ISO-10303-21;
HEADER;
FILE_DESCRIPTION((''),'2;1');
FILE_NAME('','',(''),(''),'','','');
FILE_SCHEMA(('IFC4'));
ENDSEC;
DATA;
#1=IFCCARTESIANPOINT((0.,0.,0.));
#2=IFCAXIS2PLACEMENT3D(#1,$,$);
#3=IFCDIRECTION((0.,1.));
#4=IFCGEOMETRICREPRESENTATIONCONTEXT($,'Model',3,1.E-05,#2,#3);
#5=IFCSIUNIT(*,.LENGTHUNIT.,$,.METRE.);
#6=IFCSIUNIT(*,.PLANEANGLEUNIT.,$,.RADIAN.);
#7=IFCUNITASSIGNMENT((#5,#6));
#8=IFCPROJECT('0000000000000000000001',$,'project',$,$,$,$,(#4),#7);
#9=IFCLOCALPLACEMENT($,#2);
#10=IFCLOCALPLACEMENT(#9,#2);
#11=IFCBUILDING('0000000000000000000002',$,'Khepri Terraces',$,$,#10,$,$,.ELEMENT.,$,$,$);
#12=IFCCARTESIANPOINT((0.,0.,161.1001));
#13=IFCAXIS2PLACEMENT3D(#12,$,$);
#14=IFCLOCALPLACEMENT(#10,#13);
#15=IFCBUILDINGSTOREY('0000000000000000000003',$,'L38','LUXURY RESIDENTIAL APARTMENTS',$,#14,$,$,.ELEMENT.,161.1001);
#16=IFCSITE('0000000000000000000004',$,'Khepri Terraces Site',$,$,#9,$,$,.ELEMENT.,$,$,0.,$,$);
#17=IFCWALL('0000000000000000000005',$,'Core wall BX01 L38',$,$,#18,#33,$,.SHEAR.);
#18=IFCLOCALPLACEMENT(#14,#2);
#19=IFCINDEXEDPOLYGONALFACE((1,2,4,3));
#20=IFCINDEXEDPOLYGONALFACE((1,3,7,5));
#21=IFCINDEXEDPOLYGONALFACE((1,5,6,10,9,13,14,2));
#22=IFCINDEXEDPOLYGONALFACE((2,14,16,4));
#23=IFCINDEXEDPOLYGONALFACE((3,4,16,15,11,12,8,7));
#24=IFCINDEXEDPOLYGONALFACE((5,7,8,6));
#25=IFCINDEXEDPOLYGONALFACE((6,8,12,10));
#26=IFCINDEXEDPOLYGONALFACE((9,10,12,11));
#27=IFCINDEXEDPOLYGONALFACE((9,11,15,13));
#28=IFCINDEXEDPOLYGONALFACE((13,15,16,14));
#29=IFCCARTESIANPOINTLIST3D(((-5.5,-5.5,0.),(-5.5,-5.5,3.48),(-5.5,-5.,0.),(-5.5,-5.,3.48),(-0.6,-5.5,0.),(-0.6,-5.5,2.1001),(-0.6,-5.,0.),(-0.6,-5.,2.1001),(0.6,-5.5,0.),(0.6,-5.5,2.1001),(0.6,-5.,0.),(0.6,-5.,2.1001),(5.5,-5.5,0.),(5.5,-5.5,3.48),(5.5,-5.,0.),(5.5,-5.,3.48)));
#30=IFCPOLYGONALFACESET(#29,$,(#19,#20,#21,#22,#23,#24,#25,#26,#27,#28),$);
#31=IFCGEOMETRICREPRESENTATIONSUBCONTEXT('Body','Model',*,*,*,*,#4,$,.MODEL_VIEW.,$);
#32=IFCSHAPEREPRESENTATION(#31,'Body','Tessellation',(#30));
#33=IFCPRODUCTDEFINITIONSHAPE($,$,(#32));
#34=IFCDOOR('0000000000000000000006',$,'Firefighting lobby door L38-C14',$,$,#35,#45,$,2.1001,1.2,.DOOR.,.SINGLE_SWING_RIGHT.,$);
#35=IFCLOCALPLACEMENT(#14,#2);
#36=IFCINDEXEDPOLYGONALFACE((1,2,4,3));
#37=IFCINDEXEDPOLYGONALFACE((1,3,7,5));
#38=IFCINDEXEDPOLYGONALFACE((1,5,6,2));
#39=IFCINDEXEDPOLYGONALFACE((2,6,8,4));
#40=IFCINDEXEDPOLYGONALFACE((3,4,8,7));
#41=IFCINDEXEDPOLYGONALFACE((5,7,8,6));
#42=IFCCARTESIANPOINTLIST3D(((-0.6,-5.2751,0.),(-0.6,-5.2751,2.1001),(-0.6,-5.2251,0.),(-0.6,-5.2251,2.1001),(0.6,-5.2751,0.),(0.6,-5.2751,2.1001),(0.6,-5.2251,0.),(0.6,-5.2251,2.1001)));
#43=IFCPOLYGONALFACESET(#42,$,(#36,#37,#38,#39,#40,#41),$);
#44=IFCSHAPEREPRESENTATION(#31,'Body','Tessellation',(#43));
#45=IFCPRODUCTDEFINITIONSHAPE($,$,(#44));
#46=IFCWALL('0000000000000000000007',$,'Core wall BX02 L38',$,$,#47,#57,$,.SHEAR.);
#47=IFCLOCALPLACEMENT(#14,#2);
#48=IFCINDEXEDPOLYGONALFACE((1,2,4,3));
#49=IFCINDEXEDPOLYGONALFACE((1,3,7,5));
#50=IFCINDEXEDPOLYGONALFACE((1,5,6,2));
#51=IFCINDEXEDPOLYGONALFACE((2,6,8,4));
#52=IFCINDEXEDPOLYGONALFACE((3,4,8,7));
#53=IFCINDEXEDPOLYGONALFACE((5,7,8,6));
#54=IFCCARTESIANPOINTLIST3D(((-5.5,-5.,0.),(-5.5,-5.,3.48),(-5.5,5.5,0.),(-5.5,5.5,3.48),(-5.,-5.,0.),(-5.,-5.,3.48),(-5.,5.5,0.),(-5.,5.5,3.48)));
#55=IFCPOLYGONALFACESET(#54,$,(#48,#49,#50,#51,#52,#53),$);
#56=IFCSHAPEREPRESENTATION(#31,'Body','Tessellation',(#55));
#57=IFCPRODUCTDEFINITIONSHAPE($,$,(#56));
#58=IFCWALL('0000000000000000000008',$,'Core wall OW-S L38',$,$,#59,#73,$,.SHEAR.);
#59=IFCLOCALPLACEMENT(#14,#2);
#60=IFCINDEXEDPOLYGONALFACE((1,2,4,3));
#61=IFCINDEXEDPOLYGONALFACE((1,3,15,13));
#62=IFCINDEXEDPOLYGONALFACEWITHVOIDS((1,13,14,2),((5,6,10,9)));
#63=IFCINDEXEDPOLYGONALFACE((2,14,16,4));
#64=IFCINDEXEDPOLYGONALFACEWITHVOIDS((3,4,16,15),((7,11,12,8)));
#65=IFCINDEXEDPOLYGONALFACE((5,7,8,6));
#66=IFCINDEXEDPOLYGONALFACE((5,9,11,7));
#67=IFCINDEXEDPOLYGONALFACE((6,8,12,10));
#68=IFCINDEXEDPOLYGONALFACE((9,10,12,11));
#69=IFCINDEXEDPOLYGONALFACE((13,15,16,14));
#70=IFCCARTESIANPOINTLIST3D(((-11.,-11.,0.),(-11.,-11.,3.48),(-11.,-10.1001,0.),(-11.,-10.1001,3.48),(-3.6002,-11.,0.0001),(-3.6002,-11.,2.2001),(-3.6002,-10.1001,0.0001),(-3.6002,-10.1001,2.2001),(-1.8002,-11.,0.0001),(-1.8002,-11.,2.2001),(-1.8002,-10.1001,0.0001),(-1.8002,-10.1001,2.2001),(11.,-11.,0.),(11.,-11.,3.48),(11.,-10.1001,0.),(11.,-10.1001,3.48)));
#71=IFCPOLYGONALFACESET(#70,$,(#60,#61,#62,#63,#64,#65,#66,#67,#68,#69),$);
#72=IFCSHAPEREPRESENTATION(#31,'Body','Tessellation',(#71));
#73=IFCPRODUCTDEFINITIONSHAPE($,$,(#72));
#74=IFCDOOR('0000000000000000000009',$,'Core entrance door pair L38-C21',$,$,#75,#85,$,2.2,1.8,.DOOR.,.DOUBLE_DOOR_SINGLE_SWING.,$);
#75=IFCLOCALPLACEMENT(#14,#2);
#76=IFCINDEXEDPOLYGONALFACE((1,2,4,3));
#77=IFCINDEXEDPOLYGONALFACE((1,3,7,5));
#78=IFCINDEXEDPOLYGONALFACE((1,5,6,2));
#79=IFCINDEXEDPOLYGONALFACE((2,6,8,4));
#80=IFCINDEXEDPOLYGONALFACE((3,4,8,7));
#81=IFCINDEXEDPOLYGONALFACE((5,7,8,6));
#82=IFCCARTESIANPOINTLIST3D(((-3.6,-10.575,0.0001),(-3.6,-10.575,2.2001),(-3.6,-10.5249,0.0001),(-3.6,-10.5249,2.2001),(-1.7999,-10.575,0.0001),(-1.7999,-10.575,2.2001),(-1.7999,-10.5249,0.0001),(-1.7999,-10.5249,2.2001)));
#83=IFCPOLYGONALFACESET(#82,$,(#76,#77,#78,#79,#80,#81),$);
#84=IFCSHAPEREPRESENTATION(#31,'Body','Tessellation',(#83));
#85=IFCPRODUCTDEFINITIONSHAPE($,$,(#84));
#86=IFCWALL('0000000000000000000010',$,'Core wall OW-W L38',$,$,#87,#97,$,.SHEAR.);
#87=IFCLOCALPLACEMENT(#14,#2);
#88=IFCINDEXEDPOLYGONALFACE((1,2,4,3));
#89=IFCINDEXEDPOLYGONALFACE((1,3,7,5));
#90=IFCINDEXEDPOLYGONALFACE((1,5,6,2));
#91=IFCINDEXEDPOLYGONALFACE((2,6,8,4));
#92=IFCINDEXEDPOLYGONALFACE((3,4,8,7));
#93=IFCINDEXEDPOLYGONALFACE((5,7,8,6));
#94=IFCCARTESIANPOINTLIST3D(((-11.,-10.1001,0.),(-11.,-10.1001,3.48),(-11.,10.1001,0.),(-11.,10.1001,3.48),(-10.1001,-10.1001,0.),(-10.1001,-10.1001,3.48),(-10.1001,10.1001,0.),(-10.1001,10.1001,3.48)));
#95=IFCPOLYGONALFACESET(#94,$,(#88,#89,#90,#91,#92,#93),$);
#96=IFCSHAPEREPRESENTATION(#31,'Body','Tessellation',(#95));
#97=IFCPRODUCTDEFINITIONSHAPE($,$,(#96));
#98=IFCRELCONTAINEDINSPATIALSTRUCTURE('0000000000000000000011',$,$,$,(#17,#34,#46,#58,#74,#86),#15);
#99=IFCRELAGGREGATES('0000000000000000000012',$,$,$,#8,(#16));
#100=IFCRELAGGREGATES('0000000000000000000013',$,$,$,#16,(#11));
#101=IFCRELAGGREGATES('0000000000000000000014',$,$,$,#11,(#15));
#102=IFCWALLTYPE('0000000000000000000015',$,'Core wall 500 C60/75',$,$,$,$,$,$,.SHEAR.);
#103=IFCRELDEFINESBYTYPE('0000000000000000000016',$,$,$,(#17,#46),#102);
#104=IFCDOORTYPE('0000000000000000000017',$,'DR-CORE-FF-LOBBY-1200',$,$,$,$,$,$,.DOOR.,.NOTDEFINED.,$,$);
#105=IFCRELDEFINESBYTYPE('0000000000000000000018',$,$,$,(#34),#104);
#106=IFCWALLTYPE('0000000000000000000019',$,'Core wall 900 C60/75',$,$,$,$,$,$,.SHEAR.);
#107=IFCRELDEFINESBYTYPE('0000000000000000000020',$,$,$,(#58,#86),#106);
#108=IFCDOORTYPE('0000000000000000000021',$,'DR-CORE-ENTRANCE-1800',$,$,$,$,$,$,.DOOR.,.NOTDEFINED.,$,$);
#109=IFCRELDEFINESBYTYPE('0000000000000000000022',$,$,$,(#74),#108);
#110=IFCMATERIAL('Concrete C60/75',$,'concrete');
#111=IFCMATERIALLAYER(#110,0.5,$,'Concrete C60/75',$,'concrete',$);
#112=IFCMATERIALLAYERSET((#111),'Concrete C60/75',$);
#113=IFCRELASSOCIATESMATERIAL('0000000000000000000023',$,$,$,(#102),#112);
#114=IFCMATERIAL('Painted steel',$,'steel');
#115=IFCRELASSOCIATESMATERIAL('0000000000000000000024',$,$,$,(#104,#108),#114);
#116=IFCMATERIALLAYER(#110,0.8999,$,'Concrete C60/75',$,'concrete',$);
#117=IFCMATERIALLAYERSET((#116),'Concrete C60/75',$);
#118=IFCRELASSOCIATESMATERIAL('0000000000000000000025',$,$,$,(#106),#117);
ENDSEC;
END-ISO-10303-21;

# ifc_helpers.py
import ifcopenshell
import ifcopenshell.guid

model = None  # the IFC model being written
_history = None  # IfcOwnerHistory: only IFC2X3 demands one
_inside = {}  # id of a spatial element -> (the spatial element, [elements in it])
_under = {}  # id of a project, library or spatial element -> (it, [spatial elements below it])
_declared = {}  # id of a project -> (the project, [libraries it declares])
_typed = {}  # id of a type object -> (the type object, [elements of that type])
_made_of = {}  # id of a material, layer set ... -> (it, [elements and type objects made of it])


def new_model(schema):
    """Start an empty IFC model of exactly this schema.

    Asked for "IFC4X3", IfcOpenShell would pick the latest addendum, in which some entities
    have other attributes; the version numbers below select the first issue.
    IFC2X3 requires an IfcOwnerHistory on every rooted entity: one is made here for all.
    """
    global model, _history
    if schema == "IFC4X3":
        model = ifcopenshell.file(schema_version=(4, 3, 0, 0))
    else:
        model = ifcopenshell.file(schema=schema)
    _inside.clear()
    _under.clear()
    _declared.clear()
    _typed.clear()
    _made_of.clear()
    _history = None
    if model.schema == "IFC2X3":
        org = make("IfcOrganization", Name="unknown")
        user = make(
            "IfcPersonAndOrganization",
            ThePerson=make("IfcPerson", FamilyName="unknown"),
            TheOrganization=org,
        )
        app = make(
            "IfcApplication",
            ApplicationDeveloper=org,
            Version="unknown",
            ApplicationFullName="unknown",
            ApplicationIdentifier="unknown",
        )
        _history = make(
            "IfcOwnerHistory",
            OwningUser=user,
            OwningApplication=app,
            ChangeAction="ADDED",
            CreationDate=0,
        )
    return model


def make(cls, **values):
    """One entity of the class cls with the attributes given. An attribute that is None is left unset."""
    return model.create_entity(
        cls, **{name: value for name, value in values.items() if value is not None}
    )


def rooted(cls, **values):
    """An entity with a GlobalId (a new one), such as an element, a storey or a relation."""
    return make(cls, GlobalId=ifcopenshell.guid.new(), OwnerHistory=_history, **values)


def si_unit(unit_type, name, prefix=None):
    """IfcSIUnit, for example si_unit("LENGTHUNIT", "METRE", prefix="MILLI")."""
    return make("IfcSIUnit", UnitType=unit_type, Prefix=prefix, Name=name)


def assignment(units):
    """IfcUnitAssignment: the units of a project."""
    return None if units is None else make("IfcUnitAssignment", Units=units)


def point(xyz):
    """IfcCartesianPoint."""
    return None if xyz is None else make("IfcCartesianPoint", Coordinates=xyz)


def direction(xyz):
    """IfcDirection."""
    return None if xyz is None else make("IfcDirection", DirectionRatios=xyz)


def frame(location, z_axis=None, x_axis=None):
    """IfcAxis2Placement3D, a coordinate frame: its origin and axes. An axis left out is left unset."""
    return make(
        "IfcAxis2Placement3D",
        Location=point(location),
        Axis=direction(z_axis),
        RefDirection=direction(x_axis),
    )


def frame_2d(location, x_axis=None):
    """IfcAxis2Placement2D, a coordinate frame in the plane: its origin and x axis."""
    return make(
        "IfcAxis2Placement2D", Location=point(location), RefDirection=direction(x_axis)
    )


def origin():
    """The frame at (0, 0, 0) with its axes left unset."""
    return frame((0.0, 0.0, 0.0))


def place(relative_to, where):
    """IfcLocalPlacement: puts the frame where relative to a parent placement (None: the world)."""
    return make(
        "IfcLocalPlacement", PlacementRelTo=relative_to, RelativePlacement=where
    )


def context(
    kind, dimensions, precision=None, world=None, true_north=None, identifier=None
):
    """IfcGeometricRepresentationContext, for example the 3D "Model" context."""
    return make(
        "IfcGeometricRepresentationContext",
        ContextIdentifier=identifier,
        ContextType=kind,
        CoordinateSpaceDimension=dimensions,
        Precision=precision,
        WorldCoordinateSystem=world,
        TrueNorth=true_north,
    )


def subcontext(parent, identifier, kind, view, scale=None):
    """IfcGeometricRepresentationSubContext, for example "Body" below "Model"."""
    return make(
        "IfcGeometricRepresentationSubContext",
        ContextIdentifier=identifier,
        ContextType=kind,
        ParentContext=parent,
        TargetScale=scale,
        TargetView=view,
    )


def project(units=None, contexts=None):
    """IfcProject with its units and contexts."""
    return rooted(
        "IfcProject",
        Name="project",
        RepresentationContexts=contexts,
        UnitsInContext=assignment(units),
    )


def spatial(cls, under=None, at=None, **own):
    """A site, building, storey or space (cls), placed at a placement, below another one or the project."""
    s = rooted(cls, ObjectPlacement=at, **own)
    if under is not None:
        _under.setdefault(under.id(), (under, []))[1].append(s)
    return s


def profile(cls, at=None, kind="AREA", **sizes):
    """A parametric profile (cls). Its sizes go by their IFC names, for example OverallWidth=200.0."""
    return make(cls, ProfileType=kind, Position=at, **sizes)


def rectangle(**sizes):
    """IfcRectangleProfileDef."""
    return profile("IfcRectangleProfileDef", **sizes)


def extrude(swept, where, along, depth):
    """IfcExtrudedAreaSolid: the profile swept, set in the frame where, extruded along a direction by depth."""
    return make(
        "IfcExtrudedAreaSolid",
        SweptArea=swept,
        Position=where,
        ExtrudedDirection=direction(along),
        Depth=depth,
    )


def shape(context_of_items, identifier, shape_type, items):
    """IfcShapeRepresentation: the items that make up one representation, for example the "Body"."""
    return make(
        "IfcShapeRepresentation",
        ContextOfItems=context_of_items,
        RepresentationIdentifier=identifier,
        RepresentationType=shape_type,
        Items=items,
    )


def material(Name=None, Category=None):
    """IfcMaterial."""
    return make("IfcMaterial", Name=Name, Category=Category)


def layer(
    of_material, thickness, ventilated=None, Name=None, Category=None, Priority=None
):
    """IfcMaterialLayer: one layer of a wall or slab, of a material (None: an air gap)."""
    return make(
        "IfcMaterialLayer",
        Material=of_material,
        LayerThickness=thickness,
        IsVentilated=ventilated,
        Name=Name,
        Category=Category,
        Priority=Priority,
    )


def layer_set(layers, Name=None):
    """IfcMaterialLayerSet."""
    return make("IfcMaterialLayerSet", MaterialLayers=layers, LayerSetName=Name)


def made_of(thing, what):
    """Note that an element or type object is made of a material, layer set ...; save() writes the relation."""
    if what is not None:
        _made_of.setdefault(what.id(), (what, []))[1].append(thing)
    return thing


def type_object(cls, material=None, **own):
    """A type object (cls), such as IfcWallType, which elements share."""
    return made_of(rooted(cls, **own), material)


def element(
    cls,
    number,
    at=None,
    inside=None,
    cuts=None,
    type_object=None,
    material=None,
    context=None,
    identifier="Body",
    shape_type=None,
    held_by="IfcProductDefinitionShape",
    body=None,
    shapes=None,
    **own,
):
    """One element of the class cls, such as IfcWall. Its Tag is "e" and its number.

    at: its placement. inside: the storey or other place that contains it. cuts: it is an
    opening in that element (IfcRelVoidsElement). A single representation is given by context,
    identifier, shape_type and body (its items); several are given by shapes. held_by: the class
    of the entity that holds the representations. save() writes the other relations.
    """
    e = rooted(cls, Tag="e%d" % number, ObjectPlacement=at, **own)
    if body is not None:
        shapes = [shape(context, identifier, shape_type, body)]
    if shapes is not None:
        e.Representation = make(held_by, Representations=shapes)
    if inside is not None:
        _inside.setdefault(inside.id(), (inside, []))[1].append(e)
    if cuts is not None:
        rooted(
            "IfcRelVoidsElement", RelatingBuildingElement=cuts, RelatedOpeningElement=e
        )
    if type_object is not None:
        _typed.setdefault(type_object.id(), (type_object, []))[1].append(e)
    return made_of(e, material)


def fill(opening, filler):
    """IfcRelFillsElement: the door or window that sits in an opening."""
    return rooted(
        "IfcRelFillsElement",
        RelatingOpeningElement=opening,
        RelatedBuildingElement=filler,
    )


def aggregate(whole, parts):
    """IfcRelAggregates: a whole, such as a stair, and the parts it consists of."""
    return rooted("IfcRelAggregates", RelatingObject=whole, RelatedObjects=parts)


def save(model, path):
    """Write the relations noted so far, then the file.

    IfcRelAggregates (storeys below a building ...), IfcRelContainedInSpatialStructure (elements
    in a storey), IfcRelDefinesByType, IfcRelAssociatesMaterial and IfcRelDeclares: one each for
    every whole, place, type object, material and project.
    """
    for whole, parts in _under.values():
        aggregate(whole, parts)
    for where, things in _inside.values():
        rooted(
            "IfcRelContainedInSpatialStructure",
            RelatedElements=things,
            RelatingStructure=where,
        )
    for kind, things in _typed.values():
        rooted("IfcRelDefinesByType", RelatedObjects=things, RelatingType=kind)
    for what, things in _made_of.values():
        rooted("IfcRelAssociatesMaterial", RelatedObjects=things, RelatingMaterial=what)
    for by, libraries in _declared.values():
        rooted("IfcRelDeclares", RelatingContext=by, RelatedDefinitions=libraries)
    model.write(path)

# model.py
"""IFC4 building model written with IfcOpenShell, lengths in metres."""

from ifc_helpers import new_model, si_unit, direction, frame, frame_2d, origin, place, context, subcontext, project, spatial, rectangle, extrude, material, layer, layer_set, type_object, element, fill, save


model = new_model("IFC4")

# Units and contexts
model_context = context("Model", 3, precision=1e-05, world=origin(), true_north=direction((0.0, 1.0)))
body_context = subcontext(model_context, "Body", "Model", "MODEL_VIEW")
ifc_project = project(units=[si_unit("LENGTHUNIT", "METRE"), si_unit("PLANEANGLEUNIT", "RADIAN")], contexts=[model_context])

# Site, building, storey
site_placement = place(None, origin())
site = spatial("IfcSite", under=ifc_project, at=site_placement, Name="Khepri Terraces Site", CompositionType="ELEMENT", RefElevation=0.0)
building_placement = place(site_placement, origin())
building = spatial("IfcBuilding", under=site, at=building_placement, Name="Khepri Terraces", CompositionType="ELEMENT")
storey_placement = place(building_placement, frame((0.0, 0.0, 161.1001)))
storey = spatial("IfcBuildingStorey", under=building, at=storey_placement, Name="L38", Description="LUXURY RESIDENTIAL APARTMENTS", CompositionType="ELEMENT", Elevation=161.1001)

# Shared definitions
ifc_material_1 = material(Name="Concrete C60/75", Category="concrete")

# Shared definitions
ifc_material_2 = material(Name="Painted steel", Category="steel")

# Wall, opening, door
ifc_layer_1 = layer(ifc_material_1, 0.5, Name="Concrete C60/75", Category="concrete")
ifc_layer_set_1 = layer_set([ifc_layer_1], Name="Concrete C60/75")
wall_type_1 = type_object("IfcWallType", Name="Core wall 500 C60/75", PredefinedType="SHEAR", material=ifc_layer_set_1)
wall_1_placement = place(storey_placement, frame((-5.5, -5.25, 0.0), z_axis=(0.0, 0.0, 1.0), x_axis=(1.0, 0.0, 0.0)))
wall_1 = element("IfcWall", 1, at=wall_1_placement, inside=storey, type_object=wall_type_1, Name="Core wall BX01 L38", PredefinedType="SHEAR", context=body_context, shape_type="SweptSolid", body=[
    extrude(rectangle(XDim=11.0, YDim=0.5, at=frame_2d((5.5, 0.0))), origin(), (0.0, 0.0, 1.0), 3.48),
])
opening_1_placement = place(wall_1_placement, frame((4.8999, 0.0, 0.0)))
opening_1 = element("IfcOpeningElement", 2, at=opening_1_placement, cuts=wall_1, PredefinedType="OPENING", context=body_context, shape_type="SweptSolid", body=[
    extrude(rectangle(XDim=1.2, YDim=2.1001, at=frame_2d((0.6001, 1.05))), frame((0.0, 0.26, 0.0), z_axis=(0.0, -1.0, 0.0), x_axis=(1.0, 0.0, 0.0)), (0.0, 0.0, 1.0), 0.52),
])
door_type_1 = type_object("IfcDoorType", Name="DR-CORE-FF-LOBBY-1200", OperationType="NOTDEFINED", PredefinedType="DOOR", material=ifc_material_2)
door_1_placement = place(opening_1_placement, origin())
door_1 = element("IfcDoor", 3, at=door_1_placement, inside=storey, type_object=door_type_1, Name="Firefighting lobby door L38-C14", OperationType="SINGLE_SWING_RIGHT", OverallHeight=2.1001, OverallWidth=1.2, PredefinedType="DOOR", context=body_context, shape_type="SweptSolid", body=[
    extrude(rectangle(XDim=1.2, YDim=2.1001, at=frame_2d((0.6001, 1.05))), frame((0.0, 0.0249, 0.0), z_axis=(0.0, -1.0, 0.0), x_axis=(1.0, 0.0, 0.0)), (0.0, 0.0, 1.0), 0.05),
])
fill(opening_1, door_1)

# Wall
wall_2_placement = place(storey_placement, frame((-5.25, -5.0, 0.0), z_axis=(0.0, 0.0, 1.0), x_axis=(0.0, 1.0, 0.0)))
element("IfcWall", 4, at=wall_2_placement, inside=storey, type_object=wall_type_1, Name="Core wall BX02 L38", PredefinedType="SHEAR", context=body_context, shape_type="SweptSolid", body=[
    extrude(rectangle(XDim=10.5, YDim=0.5, at=frame_2d((5.25, 0.0))), origin(), (0.0, 0.0, 1.0), 3.48),
])

# Wall, opening, door
ifc_layer_2 = layer(ifc_material_1, 0.8999, Name="Concrete C60/75", Category="concrete")
ifc_layer_set_2 = layer_set([ifc_layer_2], Name="Concrete C60/75")
wall_type_2 = type_object("IfcWallType", Name="Core wall 900 C60/75", PredefinedType="SHEAR", material=ifc_layer_set_2)
wall_3_placement = place(storey_placement, frame((-11.0, -10.55, 0.0), z_axis=(0.0, 0.0, 1.0), x_axis=(1.0, 0.0, 0.0)))
wall_3 = element("IfcWall", 5, at=wall_3_placement, inside=storey, type_object=wall_type_2, Name="Core wall OW-S L38", PredefinedType="SHEAR", context=body_context, shape_type="SweptSolid", body=[
    extrude(rectangle(XDim=22.0, YDim=0.8999, at=frame_2d((11.0, 0.0))), origin(), (0.0, 0.0, 1.0), 3.48),
])
opening_2_placement = place(wall_3_placement, frame((7.3999, 0.0, 0.0)))
opening_2 = element("IfcOpeningElement", 6, at=opening_2_placement, cuts=wall_3, PredefinedType="OPENING", context=body_context, shape_type="SweptSolid", body=[
    extrude(rectangle(XDim=1.8, YDim=2.2, at=frame_2d((0.8999, 1.1001))), frame((0.0, 0.46, 0.0), z_axis=(0.0, -1.0, 0.0), x_axis=(1.0, 0.0, 0.0)), (0.0, 0.0, 1.0), 0.9199),
])
door_type_2 = type_object("IfcDoorType", Name="DR-CORE-ENTRANCE-1800", OperationType="NOTDEFINED", PredefinedType="DOOR", material=ifc_material_2)
door_2_placement = place(opening_2_placement, frame((1.8, 0.0, 0.0), z_axis=(0.0, 0.0, 1.0), x_axis=(-1.0, 0.0, 0.0)))
door_2 = element("IfcDoor", 7, at=door_2_placement, inside=storey, type_object=door_type_2, Name="Core entrance door pair L38-C21", OperationType="DOUBLE_DOOR_SINGLE_SWING", OverallHeight=2.2, OverallWidth=1.8, PredefinedType="DOOR", context=body_context, shape_type="SweptSolid", body=[
    extrude(rectangle(XDim=1.8, YDim=2.2, at=frame_2d((0.8999, 1.1001))), frame((0.0, 0.0249, 0.0), z_axis=(0.0, -1.0, 0.0), x_axis=(1.0, 0.0, 0.0)), (0.0, 0.0, 1.0), 0.05),
])
fill(opening_2, door_2)

# Wall
wall_4_placement = place(storey_placement, frame((-10.55, -10.1001, 0.0), z_axis=(0.0, 0.0, 1.0), x_axis=(0.0, 1.0, 0.0)))
element("IfcWall", 8, at=wall_4_placement, inside=storey, type_object=wall_type_2, Name="Core wall OW-W L38", PredefinedType="SHEAR", context=body_context, shape_type="SweptSolid", body=[
    extrude(rectangle(XDim=20.2002, YDim=0.8999, at=frame_2d((10.1001, 0.0))), origin(), (0.0, 0.0, 1.0), 3.48),
])

save(model, "model.ifc")
